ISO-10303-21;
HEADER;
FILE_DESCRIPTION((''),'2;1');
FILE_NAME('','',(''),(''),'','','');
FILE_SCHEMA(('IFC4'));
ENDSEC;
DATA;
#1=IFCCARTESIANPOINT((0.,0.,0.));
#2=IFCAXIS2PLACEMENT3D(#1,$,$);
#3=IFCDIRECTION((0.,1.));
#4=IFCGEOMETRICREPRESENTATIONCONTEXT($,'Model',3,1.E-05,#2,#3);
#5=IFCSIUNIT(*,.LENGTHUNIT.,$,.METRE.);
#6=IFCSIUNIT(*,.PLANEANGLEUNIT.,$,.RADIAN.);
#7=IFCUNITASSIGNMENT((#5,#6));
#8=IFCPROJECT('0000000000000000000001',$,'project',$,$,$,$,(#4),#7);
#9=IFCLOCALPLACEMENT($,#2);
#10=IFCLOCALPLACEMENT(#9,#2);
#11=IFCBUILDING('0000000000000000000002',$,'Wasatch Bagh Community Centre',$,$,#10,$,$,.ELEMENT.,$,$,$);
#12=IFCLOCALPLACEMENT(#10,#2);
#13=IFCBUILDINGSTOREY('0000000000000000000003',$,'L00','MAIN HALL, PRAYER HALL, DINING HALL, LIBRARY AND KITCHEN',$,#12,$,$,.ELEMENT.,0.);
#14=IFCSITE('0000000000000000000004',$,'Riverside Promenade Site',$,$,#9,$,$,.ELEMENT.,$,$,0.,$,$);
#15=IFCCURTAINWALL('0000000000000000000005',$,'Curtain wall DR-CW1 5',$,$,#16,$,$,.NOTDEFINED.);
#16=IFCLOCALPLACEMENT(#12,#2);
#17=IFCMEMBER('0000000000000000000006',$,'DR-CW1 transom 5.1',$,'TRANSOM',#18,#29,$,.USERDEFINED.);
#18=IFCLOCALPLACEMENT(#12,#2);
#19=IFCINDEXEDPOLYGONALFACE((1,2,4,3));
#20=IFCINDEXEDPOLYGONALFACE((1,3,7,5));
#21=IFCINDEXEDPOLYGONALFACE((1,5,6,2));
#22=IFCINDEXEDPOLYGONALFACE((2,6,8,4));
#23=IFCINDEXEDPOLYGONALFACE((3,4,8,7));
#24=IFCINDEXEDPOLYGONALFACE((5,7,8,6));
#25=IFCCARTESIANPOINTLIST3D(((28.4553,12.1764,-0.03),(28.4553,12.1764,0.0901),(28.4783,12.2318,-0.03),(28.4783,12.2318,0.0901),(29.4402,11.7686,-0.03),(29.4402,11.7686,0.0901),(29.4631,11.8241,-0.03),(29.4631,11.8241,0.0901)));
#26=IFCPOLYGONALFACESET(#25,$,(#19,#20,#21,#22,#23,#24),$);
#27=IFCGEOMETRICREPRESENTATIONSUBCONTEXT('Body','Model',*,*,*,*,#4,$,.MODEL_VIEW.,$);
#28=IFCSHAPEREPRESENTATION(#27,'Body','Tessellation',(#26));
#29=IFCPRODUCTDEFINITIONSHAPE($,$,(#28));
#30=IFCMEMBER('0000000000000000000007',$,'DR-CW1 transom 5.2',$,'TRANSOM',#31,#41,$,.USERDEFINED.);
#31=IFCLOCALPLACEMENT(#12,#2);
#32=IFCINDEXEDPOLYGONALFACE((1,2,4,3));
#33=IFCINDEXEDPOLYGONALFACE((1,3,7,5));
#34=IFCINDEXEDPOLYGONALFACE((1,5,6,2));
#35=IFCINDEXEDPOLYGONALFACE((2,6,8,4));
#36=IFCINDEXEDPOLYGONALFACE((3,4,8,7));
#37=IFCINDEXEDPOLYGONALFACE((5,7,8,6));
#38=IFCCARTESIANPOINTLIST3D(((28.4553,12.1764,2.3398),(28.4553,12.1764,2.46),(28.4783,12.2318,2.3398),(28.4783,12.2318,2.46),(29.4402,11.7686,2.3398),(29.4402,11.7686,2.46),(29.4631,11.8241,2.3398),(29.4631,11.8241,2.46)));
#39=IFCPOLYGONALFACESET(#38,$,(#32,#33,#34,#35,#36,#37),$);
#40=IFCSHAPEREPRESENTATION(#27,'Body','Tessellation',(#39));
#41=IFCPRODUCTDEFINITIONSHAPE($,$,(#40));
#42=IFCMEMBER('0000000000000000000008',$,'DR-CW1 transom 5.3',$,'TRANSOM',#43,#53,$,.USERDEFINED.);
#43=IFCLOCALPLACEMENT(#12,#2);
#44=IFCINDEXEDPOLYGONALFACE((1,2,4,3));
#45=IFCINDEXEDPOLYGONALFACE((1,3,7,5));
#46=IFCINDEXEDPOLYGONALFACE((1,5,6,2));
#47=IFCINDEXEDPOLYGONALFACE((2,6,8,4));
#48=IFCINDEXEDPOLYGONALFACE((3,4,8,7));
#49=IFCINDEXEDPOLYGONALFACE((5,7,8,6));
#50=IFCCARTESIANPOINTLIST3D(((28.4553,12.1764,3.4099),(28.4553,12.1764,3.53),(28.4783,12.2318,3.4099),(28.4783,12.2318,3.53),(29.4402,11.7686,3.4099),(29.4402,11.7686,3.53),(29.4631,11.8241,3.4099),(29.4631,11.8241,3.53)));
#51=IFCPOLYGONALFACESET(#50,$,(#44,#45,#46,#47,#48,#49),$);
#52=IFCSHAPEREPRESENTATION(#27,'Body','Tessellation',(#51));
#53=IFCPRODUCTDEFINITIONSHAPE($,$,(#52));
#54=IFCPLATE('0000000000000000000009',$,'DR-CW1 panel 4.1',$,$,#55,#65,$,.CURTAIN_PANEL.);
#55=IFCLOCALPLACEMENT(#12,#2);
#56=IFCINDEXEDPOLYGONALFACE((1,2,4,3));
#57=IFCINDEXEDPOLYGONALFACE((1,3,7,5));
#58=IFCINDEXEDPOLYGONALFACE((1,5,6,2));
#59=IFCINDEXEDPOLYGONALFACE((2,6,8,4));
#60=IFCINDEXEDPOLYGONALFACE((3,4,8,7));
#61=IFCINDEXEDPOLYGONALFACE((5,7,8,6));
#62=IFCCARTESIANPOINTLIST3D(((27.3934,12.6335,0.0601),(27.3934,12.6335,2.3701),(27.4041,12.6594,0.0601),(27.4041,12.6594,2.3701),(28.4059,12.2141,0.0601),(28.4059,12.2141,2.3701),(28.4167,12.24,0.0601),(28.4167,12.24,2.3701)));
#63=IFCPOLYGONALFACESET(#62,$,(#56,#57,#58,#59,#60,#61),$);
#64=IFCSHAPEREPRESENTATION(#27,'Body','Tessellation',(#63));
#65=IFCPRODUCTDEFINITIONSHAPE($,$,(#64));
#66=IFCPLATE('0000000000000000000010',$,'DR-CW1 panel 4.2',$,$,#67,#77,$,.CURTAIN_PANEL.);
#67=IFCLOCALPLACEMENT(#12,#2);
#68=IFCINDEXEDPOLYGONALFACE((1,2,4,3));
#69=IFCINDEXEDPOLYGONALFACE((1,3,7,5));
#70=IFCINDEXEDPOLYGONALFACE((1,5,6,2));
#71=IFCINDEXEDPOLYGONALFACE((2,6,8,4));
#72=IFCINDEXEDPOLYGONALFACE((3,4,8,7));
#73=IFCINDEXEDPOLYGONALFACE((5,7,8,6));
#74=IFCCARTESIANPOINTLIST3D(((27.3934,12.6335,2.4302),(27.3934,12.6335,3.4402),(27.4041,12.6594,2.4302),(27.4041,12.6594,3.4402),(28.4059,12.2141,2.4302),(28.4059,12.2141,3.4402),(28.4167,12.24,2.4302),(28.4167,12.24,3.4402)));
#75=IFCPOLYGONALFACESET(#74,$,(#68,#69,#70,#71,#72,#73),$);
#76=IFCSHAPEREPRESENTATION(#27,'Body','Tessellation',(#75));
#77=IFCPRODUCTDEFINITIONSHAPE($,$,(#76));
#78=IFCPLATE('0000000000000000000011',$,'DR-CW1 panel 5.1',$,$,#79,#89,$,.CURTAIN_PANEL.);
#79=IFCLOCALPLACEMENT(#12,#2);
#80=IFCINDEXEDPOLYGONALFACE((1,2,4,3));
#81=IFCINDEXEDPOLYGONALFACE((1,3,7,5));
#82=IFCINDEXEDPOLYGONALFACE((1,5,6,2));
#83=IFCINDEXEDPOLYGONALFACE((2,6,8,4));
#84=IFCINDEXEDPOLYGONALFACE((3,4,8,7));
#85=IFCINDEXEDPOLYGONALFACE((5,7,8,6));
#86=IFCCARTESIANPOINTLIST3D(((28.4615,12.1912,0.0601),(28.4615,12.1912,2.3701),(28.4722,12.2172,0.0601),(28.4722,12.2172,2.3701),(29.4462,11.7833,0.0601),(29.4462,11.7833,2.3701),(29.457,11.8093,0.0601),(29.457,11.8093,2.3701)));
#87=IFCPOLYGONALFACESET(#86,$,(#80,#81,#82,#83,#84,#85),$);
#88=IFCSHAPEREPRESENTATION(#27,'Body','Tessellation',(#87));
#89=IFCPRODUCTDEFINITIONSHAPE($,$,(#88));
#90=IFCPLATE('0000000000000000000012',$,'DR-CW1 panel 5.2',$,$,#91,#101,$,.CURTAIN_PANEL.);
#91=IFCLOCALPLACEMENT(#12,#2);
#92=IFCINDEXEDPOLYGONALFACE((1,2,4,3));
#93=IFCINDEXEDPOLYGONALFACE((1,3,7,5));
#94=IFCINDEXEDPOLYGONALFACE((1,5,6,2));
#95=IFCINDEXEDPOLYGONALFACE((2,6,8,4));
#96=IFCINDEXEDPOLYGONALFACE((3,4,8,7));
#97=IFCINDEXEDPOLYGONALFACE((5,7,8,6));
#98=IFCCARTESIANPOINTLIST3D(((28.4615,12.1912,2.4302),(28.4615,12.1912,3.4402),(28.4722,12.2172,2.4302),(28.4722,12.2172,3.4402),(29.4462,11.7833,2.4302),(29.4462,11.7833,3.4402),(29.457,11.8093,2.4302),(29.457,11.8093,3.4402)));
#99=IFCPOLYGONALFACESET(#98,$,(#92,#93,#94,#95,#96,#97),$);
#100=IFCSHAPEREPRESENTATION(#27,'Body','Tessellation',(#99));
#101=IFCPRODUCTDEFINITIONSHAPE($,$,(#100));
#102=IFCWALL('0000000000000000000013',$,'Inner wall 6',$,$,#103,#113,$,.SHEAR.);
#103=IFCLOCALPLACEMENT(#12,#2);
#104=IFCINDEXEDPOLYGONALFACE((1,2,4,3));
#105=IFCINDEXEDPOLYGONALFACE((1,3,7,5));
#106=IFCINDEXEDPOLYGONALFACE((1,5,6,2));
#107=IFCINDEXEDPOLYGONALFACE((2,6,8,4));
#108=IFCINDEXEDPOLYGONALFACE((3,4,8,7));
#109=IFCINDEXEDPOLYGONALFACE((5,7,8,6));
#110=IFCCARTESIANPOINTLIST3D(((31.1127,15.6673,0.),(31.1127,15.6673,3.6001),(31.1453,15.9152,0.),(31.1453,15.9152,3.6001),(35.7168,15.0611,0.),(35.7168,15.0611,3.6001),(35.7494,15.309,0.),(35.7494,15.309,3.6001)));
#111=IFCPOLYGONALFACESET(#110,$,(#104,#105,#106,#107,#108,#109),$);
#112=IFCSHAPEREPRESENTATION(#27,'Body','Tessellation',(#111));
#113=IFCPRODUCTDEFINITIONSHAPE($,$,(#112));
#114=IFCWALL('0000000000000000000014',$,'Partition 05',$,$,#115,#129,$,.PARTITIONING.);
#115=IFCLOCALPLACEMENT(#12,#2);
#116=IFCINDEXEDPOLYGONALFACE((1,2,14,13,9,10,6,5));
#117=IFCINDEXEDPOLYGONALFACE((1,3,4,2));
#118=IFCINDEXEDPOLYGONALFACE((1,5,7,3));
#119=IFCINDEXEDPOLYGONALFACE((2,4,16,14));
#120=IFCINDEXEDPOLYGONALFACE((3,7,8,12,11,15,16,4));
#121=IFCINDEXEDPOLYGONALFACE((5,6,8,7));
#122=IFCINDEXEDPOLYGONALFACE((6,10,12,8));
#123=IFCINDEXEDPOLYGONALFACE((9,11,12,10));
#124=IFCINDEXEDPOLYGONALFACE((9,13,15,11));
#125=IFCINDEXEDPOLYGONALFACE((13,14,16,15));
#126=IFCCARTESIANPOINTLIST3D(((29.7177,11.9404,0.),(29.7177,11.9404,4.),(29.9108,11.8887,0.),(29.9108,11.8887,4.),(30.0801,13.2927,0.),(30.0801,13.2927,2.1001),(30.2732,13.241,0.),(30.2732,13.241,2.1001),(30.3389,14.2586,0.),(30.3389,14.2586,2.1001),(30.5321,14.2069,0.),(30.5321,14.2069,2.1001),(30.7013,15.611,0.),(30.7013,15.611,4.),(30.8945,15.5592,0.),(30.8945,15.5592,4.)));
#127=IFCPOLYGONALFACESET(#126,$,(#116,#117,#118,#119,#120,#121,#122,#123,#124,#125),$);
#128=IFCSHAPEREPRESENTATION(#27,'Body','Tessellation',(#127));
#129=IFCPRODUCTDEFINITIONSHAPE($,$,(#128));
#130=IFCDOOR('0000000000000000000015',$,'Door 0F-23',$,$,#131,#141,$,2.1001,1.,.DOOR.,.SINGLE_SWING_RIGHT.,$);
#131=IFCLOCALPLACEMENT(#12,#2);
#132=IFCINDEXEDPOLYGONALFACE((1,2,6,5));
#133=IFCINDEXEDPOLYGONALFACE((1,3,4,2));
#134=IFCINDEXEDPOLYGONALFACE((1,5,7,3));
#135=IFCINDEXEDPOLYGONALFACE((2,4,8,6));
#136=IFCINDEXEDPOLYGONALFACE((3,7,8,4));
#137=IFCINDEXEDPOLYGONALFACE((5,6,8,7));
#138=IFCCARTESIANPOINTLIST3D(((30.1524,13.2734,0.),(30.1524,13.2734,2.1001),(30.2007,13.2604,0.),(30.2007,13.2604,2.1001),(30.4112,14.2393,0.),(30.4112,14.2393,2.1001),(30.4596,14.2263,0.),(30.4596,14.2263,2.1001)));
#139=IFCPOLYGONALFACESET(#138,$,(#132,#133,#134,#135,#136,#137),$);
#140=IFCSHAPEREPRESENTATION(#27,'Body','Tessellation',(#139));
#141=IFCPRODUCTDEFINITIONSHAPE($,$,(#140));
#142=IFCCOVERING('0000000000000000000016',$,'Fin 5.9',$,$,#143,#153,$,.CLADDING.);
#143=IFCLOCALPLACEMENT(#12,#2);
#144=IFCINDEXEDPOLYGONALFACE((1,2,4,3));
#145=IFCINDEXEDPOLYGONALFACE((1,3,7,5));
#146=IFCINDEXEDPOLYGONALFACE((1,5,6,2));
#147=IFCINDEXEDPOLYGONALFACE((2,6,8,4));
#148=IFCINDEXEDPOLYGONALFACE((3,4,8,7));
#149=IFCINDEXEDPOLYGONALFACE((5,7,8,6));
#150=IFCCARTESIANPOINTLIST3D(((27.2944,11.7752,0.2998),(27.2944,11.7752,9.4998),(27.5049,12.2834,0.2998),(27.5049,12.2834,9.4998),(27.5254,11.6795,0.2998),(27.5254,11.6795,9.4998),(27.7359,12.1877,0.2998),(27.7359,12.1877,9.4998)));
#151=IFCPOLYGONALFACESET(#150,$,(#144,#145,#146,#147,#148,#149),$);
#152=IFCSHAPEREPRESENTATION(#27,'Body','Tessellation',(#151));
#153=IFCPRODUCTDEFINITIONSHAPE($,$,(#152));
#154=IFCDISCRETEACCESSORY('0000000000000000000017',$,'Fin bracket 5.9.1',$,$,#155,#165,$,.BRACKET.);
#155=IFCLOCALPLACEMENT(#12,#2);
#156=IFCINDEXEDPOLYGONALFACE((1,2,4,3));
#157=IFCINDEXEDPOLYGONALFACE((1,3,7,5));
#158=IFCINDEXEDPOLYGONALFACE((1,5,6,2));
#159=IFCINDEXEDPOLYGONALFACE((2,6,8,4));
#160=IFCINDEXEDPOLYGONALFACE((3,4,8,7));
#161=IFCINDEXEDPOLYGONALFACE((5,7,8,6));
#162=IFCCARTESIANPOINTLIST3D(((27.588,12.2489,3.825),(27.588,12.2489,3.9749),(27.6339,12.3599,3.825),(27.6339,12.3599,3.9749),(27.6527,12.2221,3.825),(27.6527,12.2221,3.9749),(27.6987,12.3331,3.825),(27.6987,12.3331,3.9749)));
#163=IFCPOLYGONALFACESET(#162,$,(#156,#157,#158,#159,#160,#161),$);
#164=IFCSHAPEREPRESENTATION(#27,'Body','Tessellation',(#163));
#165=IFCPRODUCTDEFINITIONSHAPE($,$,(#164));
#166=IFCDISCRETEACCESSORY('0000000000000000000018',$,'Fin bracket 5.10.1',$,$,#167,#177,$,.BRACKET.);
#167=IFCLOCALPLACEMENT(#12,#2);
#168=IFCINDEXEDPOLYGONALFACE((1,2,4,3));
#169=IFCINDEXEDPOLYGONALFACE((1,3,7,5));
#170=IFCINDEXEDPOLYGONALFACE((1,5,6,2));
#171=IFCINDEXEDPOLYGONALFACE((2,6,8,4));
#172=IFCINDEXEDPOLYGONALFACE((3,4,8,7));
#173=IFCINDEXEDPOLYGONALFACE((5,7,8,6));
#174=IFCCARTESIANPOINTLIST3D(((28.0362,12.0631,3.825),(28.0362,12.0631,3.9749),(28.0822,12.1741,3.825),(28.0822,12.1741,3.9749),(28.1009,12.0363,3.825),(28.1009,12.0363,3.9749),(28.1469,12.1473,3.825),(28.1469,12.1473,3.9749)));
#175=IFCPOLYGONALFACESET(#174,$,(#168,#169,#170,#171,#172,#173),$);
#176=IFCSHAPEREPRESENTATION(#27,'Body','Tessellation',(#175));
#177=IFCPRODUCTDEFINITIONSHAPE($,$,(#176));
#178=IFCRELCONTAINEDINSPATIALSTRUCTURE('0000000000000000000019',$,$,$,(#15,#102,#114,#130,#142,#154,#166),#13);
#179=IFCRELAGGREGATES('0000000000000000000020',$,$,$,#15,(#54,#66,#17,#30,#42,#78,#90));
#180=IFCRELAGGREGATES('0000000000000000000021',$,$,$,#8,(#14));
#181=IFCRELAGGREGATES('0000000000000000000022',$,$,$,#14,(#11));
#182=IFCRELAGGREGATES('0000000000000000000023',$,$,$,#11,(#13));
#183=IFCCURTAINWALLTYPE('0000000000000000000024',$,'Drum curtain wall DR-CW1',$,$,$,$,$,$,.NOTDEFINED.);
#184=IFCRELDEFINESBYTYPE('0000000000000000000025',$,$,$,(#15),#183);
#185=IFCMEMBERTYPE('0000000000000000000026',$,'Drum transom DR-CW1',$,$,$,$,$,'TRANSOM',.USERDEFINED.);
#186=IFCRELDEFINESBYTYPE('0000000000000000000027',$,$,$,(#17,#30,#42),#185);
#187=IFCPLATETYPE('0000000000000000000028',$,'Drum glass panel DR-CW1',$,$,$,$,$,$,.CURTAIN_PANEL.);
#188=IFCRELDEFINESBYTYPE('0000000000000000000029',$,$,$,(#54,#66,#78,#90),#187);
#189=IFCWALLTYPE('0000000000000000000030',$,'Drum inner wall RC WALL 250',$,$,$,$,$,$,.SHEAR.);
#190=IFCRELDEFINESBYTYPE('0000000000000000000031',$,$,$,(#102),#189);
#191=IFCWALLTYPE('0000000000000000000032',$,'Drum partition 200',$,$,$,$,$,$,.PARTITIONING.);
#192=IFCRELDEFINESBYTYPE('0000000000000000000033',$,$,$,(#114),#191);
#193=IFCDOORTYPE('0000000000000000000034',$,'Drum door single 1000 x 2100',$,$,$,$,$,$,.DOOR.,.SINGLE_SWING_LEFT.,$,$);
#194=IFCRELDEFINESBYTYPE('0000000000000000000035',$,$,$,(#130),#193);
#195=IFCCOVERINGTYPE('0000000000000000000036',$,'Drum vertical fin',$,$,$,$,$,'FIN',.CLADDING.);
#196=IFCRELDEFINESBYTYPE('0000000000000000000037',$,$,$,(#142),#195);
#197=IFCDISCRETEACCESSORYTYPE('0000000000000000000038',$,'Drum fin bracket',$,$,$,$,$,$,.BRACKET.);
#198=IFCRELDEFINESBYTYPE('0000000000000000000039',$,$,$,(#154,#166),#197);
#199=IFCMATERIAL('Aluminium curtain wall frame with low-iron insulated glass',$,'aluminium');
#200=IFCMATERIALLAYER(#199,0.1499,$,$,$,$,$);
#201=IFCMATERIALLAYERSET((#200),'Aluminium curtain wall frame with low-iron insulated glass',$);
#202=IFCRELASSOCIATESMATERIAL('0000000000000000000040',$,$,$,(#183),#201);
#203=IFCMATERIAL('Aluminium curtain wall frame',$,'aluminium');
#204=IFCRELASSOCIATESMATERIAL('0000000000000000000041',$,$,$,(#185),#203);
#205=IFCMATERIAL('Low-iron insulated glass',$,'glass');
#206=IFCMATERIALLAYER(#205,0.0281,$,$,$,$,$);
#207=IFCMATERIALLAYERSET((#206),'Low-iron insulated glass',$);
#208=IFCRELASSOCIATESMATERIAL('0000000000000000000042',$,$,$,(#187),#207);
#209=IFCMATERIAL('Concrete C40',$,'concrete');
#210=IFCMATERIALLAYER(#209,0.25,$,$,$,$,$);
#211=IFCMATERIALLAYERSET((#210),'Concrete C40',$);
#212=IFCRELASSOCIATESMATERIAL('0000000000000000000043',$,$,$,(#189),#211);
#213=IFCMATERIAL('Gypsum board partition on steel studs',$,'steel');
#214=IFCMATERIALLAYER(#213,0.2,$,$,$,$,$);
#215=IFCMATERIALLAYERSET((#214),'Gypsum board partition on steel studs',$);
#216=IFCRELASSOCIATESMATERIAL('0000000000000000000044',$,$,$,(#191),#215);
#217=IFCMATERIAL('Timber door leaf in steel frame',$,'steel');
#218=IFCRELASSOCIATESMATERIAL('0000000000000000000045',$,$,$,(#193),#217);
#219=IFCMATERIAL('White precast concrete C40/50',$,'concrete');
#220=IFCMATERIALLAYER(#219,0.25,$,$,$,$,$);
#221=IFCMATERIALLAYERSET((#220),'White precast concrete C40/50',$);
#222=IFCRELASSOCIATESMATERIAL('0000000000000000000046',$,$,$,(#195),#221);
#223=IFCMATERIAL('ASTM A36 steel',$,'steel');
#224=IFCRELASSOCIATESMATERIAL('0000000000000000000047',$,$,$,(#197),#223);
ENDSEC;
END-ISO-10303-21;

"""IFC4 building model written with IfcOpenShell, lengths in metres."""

from ifc_helpers import new_model, si_unit, direction, frame, frame_2d, origin, origin_2d, place, context, subcontext, project, spatial, rectangle, extrude, material, layer, layer_set, material_profile, profile_set, type_object, element, fill, aggregate, save


model = new_model("IFC4")

# Units and contexts
model_context = context("Model", 3, precision=1e-05, world=origin(), true_north=direction((0.0, 1.0)))
body_context = subcontext(model_context, "Body", "Model", "MODEL_VIEW")
ifc_project = project(units=[si_unit("LENGTHUNIT", "METRE"), si_unit("PLANEANGLEUNIT", "RADIAN")], contexts=[model_context])

# Site, building, storey
site_placement = place(None, origin())
site = spatial("IfcSite", under=ifc_project, at=site_placement, Name="Riverside Promenade Site", CompositionType="ELEMENT", RefElevation=0.0)
building_placement = place(site_placement, origin())
building = spatial("IfcBuilding", under=site, at=building_placement, Name="Wasatch Bagh Community Centre", CompositionType="ELEMENT")
storey_placement = place(building_placement, origin())
storey = spatial("IfcBuildingStorey", under=building, at=storey_placement, Name="L00", Description="MAIN HALL, PRAYER HALL, DINING HALL, LIBRARY AND KITCHEN", CompositionType="ELEMENT", Elevation=0.0)

# Shared definitions
ifc_material_1 = material(Name="Concrete C40", Category="concrete")

# Curtain wall, members, plates
ifc_material_2 = material(Name="Aluminium curtain wall frame with low-iron insulated glass", Category="aluminium")
ifc_layer_1 = layer(ifc_material_2, 0.1499)
ifc_layer_set_1 = layer_set([ifc_layer_1], Name="Aluminium curtain wall frame with low-iron insulated glass")
curtain_wall_type = type_object("IfcCurtainWallType", Name="Drum curtain wall DR-CW1", PredefinedType="NOTDEFINED", material=ifc_layer_set_1)
curtain_wall_placement = place(storey_placement, origin())
curtain_wall = element("IfcCurtainWall", 1, at=curtain_wall_placement, inside=storey, type_object=curtain_wall_type, Name="Curtain wall DR-CW1 5", PredefinedType="NOTDEFINED")
ifc_material_3 = material(Name="Aluminium curtain wall frame", Category="aluminium")
ifc_material_profile_1 = material_profile(ifc_material_3, rectangle(XDim=0.0601, YDim=0.1201, at=origin_2d()), Name="Drum transom DR-CW1")
ifc_profile_set_1 = profile_set([ifc_material_profile_1], Name="Aluminium curtain wall frame")
member_type_1 = type_object("IfcMemberType", Name="Drum transom DR-CW1", ElementType="TRANSOM", PredefinedType="USERDEFINED", material=ifc_profile_set_1)
member_1_placement = place(storey_placement, frame((28.4668, 12.2041, 0.03), z_axis=(0.923955, -0.3825, 0.0), x_axis=(0.3825, 0.923955, 0.0)))
member_1 = element("IfcMember", 2, at=member_1_placement, type_object=member_type_1, Name="DR-CW1 transom 5.1", ObjectType="TRANSOM", PredefinedType="USERDEFINED", context=body_context, shape_type="SweptSolid", body=[
    extrude(rectangle(XDim=0.0601, YDim=0.1201, at=origin_2d()), origin(), (0.0, 0.0, 1.0), 1.0659),
])
member_2_placement = place(storey_placement, frame((28.4668, 12.2041, 2.3999), z_axis=(0.923955, -0.3825, 0.0), x_axis=(0.3825, 0.923955, 0.0)))
member_2 = element("IfcMember", 3, at=member_2_placement, type_object=member_type_1, Name="DR-CW1 transom 5.2", ObjectType="TRANSOM", PredefinedType="USERDEFINED", context=body_context, shape_type="SweptSolid", body=[
    extrude(rectangle(XDim=0.0601, YDim=0.1201, at=origin_2d()), origin(), (0.0, 0.0, 1.0), 1.0659),
])
member_3_placement = place(storey_placement, frame((28.4668, 12.2041, 3.47), z_axis=(0.923955, -0.3825, 0.0), x_axis=(0.3825, 0.923955, 0.0)))
member_3 = element("IfcMember", 4, at=member_3_placement, type_object=member_type_1, Name="DR-CW1 transom 5.3", ObjectType="TRANSOM", PredefinedType="USERDEFINED", context=body_context, shape_type="SweptSolid", body=[
    extrude(rectangle(XDim=0.0601, YDim=0.1201, at=origin_2d()), origin(), (0.0, 0.0, 1.0), 1.0659),
])
ifc_material_4 = material(Name="Low-iron insulated glass", Category="glass")
ifc_layer_2 = layer(ifc_material_4, 0.0281)
ifc_layer_set_2 = layer_set([ifc_layer_2], Name="Low-iron insulated glass")
plate_type = type_object("IfcPlateType", Name="Drum glass panel DR-CW1", PredefinedType="CURTAIN_PANEL", material=ifc_layer_set_2)
plate_1_placement = place(storey_placement, frame((27.905, 12.4368, 0.0601), z_axis=(0.0, 0.0, 1.0), x_axis=(0.92388, -0.382683, 0.0)))
plate_1 = element("IfcPlate", 5, at=plate_1_placement, type_object=plate_type, Name="DR-CW1 panel 4.1", PredefinedType="CURTAIN_PANEL", context=body_context, shape_type="SweptSolid", body=[
    extrude(rectangle(XDim=1.0959, YDim=0.0281, at=origin_2d()), origin(), (0.0, 0.0, 1.0), 2.3101),
])
plate_2_placement = place(storey_placement, frame((27.905, 12.4368, 2.4302), z_axis=(0.0, 0.0, 1.0), x_axis=(0.92388, -0.382683, 0.0)))
plate_2 = element("IfcPlate", 6, at=plate_2_placement, type_object=plate_type, Name="DR-CW1 panel 4.2", PredefinedType="CURTAIN_PANEL", context=body_context, shape_type="SweptSolid", body=[
    extrude(rectangle(XDim=1.0959, YDim=0.0281, at=origin_2d()), origin(), (0.0, 0.0, 1.0), 1.01),
])
plate_3_placement = place(storey_placement, frame((28.9592, 12.0002, 0.0601), z_axis=(0.0, 0.0, 1.0), x_axis=(0.92388, -0.382683, 0.0)))
plate_3 = element("IfcPlate", 7, at=plate_3_placement, type_object=plate_type, Name="DR-CW1 panel 5.1", PredefinedType="CURTAIN_PANEL", context=body_context, shape_type="SweptSolid", body=[
    extrude(rectangle(XDim=1.0659, YDim=0.0281, at=origin_2d()), origin(), (0.0, 0.0, 1.0), 2.3101),
])
plate_4_placement = place(storey_placement, frame((28.9592, 12.0002, 2.4302), z_axis=(0.0, 0.0, 1.0), x_axis=(0.92388, -0.382683, 0.0)))
plate_4 = element("IfcPlate", 8, at=plate_4_placement, type_object=plate_type, Name="DR-CW1 panel 5.2", PredefinedType="CURTAIN_PANEL", context=body_context, shape_type="SweptSolid", body=[
    extrude(rectangle(XDim=1.0659, YDim=0.0281, at=origin_2d()), origin(), (0.0, 0.0, 1.0), 1.01),
])
aggregate(curtain_wall, [plate_1, plate_2, member_1, member_2, member_3, plate_3, plate_4])

# Wall
ifc_layer_3 = layer(ifc_material_1, 0.25)
ifc_layer_set_3 = layer_set([ifc_layer_3], Name="Concrete C40")
wall_type_1 = type_object("IfcWallType", Name="Drum inner wall RC WALL 250", PredefinedType="SHEAR", material=ifc_layer_set_3)
wall_1_placement = place(storey_placement, frame((31.1292, 15.7913, 0.0), z_axis=(0.0, 0.0, 1.0), x_axis=(0.991443, -0.130542, 0.0)))
element("IfcWall", 9, at=wall_1_placement, inside=storey, type_object=wall_type_1, Name="Inner wall 6", PredefinedType="SHEAR", context=body_context, shape_type="SweptSolid", body=[
    extrude(rectangle(XDim=4.6438, YDim=0.25, at=frame_2d((2.3218, 0.0))), origin(), (0.0, 0.0, 1.0), 3.6001),
])

# Wall, opening, door
ifc_material_5 = material(Name="Gypsum board partition on steel studs", Category="steel")
ifc_layer_4 = layer(ifc_material_5, 0.2)
ifc_layer_set_4 = layer_set([ifc_layer_4], Name="Gypsum board partition on steel studs")
wall_type_2 = type_object("IfcWallType", Name="Drum partition 200", PredefinedType="PARTITIONING", material=ifc_layer_set_4)
wall_2_placement = place(storey_placement, frame((30.7979, 15.585, 0.0), z_axis=(0.0, 0.0, 1.0), x_axis=(-0.258842, -0.96592, 0.0)))
wall_2 = element("IfcWall", 10, at=wall_2_placement, inside=storey, type_object=wall_type_2, Name="Partition 05", PredefinedType="PARTITIONING", context=body_context, shape_type="SweptSolid", body=[
    extrude(rectangle(XDim=3.8, YDim=0.2, at=frame_2d((1.8999, 0.0))), origin(), (0.0, 0.0, 1.0), 4.0),
])
opening_placement = place(wall_2_placement, frame((1.3999, 0.0, 0.0)))
opening = element("IfcOpeningElement", 11, at=opening_placement, cuts=wall_2, PredefinedType="OPENING", context=body_context, shape_type="SweptSolid", body=[
    extrude(rectangle(XDim=1.0, YDim=2.1001, at=frame_2d((0.5, 1.05))), frame((0.0, 0.1099, 0.0), z_axis=(0.0, -1.0, 0.0), x_axis=(1.0, 0.0, 0.0)), (0.0, 0.0, 1.0), 0.22),
])
ifc_material_6 = material(Name="Timber door leaf in steel frame", Category="steel")
door_type = type_object("IfcDoorType", Name="Drum door single 1000 x 2100", OperationType="SINGLE_SWING_LEFT", PredefinedType="DOOR", material=ifc_material_6)
door_placement = place(opening_placement, origin())
door = element("IfcDoor", 12, at=door_placement, inside=storey, type_object=door_type, Name="Door 0F-23", OperationType="SINGLE_SWING_RIGHT", OverallHeight=2.1001, OverallWidth=1.0, PredefinedType="DOOR", context=body_context, shape_type="SweptSolid", body=[
    extrude(rectangle(XDim=1.0, YDim=2.1001, at=frame_2d((0.5, 1.05))), frame((0.0, 0.0249, 0.0), z_axis=(0.0, -1.0, 0.0), x_axis=(1.0, 0.0, 0.0)), (0.0, 0.0, 1.0), 0.05),
])
fill(opening, door)

# Covering
ifc_material_7 = material(Name="White precast concrete C40/50", Category="concrete")
ifc_layer_5 = layer(ifc_material_7, 0.25)
ifc_layer_set_5 = layer_set([ifc_layer_5], Name="White precast concrete C40/50")
covering_type = type_object("IfcCoveringType", Name="Drum vertical fin", ElementType="FIN", PredefinedType="CLADDING", material=ifc_layer_set_5)
covering_placement = place(storey_placement, frame((27.5151, 11.9814, 0.2998), z_axis=(0.0, 0.0, 1.0), x_axis=(0.92388, -0.382683, 0.0)))
element("IfcCovering", 13, at=covering_placement, inside=storey, type_object=covering_type, Name="Fin 5.9", PredefinedType="CLADDING", context=body_context, shape_type="SweptSolid", body=[
    extrude(rectangle(XDim=0.25, YDim=0.55, at=origin_2d()), origin(), (0.0, 0.0, 1.0), 9.2),
])

# Discrete accessories
ifc_material_8 = material(Name="ASTM A36 steel", Category="steel")
discrete_accessory_type = type_object("IfcDiscreteAccessoryType", Name="Drum fin bracket", PredefinedType="BRACKET", material=ifc_material_8)
for number, where, z_axis, x_axis, name in (
    (14, (27.6433, 12.291, 3.825), (0.0, 0.0, 1.0), (0.92388, -0.382683, 0.0), "Fin bracket 5.9.1"),
    (15, (28.0916, 12.1052, 3.825), (0.0, 0.0, 1.0), (0.92388, -0.382683, 0.0), "Fin bracket 5.10.1"),
):
    element("IfcDiscreteAccessory", number, at=place(storey_placement, frame(where, z_axis=z_axis, x_axis=x_axis)), inside=storey, type_object=discrete_accessory_type, Name=name, PredefinedType="BRACKET", context=body_context, shape_type="SweptSolid", body=[
        extrude(rectangle(XDim=0.0701, YDim=0.1201, at=origin_2d()), origin(), (0.0, 0.0, 1.0), 0.1499),
    ])

save(model, "model.ifc")
